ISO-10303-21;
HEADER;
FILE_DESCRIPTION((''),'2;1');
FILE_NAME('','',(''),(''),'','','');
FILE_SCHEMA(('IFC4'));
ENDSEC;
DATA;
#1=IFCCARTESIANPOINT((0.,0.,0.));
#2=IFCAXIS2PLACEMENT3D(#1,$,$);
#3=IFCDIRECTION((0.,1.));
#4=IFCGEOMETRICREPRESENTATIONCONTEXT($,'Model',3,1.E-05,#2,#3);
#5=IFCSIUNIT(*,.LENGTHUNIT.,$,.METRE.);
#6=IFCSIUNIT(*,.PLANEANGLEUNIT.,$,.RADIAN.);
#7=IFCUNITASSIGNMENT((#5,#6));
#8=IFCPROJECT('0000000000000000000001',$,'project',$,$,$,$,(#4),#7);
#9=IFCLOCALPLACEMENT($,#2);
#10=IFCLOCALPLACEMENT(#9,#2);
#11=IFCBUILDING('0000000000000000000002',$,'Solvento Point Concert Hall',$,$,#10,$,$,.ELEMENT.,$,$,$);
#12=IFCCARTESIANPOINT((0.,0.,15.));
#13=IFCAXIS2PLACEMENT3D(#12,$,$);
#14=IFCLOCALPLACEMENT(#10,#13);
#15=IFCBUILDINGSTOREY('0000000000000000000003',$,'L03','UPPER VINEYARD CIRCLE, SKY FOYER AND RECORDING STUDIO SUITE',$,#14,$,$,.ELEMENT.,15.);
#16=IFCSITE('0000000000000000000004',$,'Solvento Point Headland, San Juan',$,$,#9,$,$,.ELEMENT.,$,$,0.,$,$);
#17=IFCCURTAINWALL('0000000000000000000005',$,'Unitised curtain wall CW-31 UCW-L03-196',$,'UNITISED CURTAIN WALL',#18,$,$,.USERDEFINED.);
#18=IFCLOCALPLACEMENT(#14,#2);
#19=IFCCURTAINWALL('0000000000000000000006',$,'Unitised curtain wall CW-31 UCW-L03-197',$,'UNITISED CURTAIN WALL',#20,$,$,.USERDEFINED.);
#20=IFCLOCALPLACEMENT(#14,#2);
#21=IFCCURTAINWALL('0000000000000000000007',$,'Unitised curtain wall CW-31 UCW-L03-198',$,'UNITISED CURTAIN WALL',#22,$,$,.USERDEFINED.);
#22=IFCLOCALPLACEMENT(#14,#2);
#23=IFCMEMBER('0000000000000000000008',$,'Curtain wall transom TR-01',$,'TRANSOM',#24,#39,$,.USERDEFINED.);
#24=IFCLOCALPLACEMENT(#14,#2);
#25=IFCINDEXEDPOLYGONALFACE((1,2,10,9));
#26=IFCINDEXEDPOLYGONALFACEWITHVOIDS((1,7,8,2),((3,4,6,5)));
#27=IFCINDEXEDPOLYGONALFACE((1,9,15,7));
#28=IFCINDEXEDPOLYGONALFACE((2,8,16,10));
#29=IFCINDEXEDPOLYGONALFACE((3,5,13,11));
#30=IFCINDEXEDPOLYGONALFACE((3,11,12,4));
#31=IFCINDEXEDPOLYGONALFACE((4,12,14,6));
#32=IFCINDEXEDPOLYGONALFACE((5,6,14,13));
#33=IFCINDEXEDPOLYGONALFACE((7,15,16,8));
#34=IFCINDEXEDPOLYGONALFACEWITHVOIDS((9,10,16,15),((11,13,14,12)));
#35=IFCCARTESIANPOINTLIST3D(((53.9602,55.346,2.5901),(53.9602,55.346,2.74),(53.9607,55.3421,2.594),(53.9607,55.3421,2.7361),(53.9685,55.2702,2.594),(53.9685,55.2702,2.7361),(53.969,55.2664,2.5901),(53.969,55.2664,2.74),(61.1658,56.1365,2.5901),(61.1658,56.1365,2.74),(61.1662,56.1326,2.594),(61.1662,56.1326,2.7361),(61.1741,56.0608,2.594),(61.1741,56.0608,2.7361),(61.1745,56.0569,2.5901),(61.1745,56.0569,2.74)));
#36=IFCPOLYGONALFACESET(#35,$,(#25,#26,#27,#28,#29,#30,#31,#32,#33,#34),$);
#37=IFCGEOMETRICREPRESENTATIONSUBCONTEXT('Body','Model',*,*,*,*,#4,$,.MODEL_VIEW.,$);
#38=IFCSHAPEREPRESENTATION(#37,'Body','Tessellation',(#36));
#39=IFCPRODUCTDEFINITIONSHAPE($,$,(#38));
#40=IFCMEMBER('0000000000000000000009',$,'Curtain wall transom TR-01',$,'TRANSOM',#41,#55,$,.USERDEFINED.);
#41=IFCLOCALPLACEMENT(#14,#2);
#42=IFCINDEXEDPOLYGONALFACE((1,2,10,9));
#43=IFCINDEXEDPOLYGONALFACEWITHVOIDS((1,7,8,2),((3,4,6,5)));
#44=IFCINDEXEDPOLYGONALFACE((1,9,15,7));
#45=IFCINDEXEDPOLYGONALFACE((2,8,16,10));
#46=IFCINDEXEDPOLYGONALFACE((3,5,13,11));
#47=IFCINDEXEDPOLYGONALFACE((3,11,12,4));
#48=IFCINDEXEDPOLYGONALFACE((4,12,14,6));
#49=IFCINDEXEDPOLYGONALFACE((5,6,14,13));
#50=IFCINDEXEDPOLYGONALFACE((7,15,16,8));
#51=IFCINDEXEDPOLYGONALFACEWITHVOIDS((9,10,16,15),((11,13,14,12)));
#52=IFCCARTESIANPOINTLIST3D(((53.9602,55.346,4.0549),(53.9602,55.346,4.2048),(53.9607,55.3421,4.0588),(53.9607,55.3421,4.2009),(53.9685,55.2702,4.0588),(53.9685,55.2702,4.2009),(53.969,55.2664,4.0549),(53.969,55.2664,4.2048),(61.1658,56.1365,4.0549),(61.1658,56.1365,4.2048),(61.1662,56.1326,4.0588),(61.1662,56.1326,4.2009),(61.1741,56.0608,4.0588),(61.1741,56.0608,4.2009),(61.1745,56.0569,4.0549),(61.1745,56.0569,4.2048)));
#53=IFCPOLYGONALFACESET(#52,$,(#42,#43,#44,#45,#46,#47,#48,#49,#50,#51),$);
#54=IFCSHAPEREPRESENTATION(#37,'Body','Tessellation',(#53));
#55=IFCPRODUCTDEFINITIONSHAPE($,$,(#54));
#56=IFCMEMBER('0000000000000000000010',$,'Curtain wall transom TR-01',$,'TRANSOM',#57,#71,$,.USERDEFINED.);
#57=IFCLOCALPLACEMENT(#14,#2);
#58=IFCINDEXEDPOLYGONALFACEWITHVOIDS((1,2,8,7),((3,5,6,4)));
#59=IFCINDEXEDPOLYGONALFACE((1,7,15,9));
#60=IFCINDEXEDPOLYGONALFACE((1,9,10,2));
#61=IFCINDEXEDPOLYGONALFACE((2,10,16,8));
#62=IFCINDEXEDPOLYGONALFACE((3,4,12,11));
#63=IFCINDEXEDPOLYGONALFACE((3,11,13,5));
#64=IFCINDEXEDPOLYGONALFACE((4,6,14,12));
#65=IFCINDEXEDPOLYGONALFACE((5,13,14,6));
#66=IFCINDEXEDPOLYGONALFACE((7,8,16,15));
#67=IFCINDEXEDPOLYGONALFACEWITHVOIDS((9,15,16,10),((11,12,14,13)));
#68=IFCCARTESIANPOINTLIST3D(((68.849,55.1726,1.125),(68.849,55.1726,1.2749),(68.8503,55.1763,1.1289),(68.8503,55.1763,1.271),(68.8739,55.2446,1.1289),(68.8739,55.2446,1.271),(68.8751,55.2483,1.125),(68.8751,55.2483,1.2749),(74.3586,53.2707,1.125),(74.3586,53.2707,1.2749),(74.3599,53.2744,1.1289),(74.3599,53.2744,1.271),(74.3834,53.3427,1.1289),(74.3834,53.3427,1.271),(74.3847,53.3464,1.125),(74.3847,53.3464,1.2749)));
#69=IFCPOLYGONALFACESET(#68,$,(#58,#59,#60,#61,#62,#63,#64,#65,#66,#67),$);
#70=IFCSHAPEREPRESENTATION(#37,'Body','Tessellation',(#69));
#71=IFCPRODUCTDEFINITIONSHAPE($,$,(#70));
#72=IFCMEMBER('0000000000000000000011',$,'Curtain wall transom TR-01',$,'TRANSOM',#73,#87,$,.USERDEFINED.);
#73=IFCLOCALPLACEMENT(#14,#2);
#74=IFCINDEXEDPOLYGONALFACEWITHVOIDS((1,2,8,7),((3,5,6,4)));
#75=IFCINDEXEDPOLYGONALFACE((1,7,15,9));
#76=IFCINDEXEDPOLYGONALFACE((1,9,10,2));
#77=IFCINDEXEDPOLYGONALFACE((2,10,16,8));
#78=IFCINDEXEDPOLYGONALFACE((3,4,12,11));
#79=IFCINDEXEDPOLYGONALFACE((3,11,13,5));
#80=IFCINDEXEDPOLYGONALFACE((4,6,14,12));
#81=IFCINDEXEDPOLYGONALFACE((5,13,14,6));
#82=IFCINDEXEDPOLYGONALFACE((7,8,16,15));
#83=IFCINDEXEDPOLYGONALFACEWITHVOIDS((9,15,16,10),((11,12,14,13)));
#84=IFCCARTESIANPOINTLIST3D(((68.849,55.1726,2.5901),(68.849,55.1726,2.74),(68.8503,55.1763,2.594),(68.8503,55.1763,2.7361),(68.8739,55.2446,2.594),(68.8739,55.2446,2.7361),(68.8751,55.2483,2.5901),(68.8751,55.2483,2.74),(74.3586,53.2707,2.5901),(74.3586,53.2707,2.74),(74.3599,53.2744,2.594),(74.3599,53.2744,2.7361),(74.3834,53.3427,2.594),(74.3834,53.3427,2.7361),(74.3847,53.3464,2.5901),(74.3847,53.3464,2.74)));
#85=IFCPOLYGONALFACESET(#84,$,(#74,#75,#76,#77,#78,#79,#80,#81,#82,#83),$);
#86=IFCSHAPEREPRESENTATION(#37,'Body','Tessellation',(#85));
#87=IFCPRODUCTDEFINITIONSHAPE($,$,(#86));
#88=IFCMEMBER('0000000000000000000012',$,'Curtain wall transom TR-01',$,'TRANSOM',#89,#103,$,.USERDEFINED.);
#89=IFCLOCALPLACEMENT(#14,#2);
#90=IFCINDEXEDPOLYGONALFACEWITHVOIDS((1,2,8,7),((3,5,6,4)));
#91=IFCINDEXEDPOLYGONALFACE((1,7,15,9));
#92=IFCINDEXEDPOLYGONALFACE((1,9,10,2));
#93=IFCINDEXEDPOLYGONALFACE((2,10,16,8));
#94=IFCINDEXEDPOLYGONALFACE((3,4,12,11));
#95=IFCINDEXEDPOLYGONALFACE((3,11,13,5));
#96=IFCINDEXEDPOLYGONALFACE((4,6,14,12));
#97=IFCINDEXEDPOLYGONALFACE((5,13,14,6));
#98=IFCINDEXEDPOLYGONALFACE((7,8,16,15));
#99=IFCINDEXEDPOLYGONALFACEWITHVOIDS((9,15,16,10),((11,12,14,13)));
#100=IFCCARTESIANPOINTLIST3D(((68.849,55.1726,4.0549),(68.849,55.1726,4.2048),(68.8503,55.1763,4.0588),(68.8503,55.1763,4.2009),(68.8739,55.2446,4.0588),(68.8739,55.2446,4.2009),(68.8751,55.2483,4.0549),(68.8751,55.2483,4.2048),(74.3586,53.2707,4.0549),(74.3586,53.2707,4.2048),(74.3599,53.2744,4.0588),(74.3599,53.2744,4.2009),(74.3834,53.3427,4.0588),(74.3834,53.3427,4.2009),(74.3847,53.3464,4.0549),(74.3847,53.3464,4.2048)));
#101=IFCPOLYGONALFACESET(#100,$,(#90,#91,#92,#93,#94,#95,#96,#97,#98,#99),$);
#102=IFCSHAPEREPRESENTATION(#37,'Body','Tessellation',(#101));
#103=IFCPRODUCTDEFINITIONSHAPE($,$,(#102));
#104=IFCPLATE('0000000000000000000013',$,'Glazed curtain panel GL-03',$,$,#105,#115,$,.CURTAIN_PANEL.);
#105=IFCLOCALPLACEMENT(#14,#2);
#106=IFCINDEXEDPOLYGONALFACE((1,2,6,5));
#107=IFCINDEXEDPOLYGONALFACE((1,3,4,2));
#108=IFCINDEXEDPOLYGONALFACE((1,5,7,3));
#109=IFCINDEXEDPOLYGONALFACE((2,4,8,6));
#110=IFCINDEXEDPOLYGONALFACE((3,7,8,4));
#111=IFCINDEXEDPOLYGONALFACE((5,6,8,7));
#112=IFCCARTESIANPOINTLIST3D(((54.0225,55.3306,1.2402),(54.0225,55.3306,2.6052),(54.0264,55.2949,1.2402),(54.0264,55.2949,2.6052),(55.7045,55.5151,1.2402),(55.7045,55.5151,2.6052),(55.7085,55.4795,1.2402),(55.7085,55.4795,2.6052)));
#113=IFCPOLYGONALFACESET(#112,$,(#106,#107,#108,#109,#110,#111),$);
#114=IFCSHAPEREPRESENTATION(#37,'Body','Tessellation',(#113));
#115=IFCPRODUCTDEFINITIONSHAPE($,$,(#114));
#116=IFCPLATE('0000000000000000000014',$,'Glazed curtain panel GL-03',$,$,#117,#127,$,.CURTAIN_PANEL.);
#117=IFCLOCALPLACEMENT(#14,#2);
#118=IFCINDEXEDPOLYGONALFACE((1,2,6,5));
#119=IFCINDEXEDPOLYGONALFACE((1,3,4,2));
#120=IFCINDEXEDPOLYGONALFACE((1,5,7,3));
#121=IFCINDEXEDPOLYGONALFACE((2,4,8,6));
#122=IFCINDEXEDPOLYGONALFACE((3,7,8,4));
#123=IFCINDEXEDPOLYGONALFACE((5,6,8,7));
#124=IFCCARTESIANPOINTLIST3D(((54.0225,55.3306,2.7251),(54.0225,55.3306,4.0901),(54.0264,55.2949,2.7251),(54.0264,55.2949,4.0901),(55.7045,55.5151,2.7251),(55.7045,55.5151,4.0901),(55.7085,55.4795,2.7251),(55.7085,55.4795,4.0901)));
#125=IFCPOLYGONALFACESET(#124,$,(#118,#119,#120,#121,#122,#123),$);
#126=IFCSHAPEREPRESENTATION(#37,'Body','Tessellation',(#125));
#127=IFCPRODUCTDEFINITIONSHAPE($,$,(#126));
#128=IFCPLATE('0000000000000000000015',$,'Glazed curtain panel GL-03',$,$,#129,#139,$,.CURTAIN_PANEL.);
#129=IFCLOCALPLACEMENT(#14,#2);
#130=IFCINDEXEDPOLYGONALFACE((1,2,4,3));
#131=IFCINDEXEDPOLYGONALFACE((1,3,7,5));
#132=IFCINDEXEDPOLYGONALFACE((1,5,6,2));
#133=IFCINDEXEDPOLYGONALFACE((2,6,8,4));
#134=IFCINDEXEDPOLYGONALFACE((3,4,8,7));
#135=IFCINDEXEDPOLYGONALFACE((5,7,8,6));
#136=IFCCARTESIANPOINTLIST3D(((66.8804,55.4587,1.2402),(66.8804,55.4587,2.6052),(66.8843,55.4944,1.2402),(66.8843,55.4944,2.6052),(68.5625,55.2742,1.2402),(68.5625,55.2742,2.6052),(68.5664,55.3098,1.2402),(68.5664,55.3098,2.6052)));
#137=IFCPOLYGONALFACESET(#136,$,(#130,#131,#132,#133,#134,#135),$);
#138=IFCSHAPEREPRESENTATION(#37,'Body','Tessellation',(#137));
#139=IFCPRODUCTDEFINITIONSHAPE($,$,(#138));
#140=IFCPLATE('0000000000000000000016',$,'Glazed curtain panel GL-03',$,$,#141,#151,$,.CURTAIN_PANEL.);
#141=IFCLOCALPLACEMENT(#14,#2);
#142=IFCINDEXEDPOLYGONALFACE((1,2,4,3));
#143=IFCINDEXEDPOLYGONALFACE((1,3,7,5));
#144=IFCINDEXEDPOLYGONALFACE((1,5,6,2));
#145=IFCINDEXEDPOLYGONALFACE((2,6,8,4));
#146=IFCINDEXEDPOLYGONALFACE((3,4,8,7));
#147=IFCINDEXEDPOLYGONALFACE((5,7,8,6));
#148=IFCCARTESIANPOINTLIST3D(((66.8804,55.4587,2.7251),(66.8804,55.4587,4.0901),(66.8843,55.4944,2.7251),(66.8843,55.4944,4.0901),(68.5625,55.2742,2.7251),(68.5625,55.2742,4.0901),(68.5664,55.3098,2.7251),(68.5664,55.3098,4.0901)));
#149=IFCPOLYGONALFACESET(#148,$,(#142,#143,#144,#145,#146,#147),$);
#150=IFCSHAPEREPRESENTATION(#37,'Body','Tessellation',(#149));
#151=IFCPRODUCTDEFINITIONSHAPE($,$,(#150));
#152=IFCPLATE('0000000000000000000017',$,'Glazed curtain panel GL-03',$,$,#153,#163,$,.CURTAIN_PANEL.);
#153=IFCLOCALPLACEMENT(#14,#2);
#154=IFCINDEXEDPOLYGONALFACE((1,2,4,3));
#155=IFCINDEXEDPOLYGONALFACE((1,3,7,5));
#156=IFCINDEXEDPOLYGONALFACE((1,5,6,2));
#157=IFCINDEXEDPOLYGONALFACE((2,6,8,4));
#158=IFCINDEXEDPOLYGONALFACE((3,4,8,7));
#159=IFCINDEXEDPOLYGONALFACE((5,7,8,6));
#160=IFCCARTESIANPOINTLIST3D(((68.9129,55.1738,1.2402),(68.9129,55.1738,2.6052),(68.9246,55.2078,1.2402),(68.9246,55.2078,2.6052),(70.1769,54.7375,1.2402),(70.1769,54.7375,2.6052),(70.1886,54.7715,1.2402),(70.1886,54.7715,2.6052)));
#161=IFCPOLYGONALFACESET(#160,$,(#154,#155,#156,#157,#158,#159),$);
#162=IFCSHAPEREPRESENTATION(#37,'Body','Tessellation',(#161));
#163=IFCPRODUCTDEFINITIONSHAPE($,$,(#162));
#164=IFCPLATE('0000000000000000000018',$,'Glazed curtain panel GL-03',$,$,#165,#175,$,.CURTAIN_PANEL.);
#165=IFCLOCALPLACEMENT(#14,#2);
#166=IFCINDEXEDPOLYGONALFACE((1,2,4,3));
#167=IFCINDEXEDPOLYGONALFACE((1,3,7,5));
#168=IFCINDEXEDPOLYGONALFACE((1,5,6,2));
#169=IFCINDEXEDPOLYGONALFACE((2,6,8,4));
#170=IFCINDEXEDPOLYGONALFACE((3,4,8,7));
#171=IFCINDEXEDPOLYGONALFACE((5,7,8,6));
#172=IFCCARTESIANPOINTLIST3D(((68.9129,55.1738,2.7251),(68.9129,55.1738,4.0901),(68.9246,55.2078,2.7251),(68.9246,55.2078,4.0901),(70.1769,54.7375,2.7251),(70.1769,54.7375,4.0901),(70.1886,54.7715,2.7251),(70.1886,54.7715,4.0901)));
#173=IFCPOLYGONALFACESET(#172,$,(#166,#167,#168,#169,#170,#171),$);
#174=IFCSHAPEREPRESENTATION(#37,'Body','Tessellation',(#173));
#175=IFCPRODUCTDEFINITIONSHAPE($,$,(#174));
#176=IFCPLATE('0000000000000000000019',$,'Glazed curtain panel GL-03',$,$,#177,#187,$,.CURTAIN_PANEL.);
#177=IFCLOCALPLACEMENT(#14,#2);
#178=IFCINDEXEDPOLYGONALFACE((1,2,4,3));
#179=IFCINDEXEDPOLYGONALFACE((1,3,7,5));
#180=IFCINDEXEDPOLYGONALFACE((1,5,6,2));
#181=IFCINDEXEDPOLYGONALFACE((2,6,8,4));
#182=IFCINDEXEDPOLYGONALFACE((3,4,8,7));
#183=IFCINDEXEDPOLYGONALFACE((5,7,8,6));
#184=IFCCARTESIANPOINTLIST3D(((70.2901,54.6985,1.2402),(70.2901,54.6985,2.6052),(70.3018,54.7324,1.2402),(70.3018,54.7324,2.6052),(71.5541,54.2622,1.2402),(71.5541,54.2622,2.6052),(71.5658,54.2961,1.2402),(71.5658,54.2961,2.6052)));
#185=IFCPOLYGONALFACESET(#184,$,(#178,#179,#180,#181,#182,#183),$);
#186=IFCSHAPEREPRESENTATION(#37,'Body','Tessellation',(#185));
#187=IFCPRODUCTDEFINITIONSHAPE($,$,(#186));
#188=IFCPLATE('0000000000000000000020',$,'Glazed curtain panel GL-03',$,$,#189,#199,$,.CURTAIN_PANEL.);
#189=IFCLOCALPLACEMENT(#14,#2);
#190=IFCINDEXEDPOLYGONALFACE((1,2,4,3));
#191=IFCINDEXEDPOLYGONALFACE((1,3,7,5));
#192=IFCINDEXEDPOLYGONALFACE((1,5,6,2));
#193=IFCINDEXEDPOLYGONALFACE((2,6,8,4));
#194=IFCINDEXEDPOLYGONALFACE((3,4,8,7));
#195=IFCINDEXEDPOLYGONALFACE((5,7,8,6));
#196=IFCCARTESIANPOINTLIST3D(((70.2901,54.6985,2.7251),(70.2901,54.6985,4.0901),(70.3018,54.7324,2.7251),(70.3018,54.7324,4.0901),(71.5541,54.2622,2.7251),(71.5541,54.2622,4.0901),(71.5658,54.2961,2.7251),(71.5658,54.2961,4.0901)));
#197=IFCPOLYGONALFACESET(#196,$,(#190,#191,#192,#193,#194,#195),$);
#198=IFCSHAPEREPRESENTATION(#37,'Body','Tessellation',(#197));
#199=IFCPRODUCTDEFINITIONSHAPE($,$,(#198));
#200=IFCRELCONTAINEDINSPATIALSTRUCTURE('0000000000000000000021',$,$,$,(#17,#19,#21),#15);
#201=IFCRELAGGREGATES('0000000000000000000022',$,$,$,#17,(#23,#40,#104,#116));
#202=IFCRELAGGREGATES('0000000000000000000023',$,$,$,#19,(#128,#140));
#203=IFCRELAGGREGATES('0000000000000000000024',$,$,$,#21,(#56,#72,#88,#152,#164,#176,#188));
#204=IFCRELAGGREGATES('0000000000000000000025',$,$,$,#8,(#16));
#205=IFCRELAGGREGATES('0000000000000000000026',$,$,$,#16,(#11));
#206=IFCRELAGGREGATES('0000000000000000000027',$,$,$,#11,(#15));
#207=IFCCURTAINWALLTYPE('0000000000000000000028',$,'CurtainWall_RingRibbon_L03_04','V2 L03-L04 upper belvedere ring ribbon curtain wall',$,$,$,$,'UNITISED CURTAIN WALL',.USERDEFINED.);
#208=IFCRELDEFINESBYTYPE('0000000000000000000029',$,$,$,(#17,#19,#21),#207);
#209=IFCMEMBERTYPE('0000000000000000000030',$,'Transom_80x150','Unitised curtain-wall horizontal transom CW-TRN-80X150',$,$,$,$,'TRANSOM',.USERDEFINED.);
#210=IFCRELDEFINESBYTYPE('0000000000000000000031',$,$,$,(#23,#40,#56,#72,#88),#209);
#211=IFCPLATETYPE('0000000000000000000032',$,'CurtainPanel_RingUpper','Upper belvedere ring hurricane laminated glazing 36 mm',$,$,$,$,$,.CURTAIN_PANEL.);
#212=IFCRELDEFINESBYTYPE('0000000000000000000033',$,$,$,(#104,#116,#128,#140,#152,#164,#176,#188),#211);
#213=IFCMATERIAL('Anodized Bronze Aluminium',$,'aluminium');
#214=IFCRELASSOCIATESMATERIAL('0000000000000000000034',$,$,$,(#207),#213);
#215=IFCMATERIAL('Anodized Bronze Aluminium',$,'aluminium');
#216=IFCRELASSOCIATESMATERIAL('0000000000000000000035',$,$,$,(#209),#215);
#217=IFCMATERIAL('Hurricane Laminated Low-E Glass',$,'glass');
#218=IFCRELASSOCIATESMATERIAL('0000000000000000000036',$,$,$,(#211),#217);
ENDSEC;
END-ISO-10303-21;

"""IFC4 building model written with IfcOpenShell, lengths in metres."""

from ifc_helpers import new_model, si_unit, direction, frame, origin, origin_2d, place, context, subcontext, project, spatial, rectangle, hollow_rectangle, extrude, material, material_profile, profile_set, type_object, element, aggregate, save


model = new_model("IFC4")

# Units and contexts
model_context = context("Model", 3, precision=1e-05, world=origin(), true_north=direction((0.0, 1.0)))
body_context = subcontext(model_context, "Body", "Model", "MODEL_VIEW")
ifc_project = project(units=[si_unit("LENGTHUNIT", "METRE"), si_unit("PLANEANGLEUNIT", "RADIAN")], contexts=[model_context])

# Site, building, storey
site_placement = place(None, origin())
site = spatial("IfcSite", under=ifc_project, at=site_placement, Name="Solvento Point Headland, San Juan", CompositionType="ELEMENT", RefElevation=0.0)
building_placement = place(site_placement, origin())
building = spatial("IfcBuilding", under=site, at=building_placement, Name="Solvento Point Concert Hall", CompositionType="ELEMENT")
storey_placement = place(building_placement, frame((0.0, 0.0, 15.0)))
storey = spatial("IfcBuildingStorey", under=building, at=storey_placement, Name="L03", Description="UPPER VINEYARD CIRCLE, SKY FOYER AND RECORDING STUDIO SUITE", CompositionType="ELEMENT", Elevation=15.0)

# Curtain wall
ifc_material_1 = material(Name="Anodized Bronze Aluminium", Category="aluminium")
curtain_wall_type = type_object("IfcCurtainWallType", Name="CurtainWall_RingRibbon_L03_04", Description="V2 L03-L04 upper belvedere ring ribbon curtain wall", ElementType="UNITISED CURTAIN WALL", PredefinedType="USERDEFINED", material=ifc_material_1)
curtain_wall_1_placement = place(storey_placement, origin())
curtain_wall_1 = element("IfcCurtainWall", 1, at=curtain_wall_1_placement, inside=storey, type_object=curtain_wall_type, Name="Unitised curtain wall CW-31 UCW-L03-196", ObjectType="UNITISED CURTAIN WALL", PredefinedType="USERDEFINED")

# Curtain walls
curtain_wall_2_placement = place(storey_placement, origin())
curtain_wall_2 = element("IfcCurtainWall", 2, at=curtain_wall_2_placement, inside=storey, type_object=curtain_wall_type, Name="Unitised curtain wall CW-31 UCW-L03-197", ObjectType="UNITISED CURTAIN WALL", PredefinedType="USERDEFINED")
curtain_wall_3_placement = place(storey_placement, origin())
curtain_wall_3 = element("IfcCurtainWall", 3, at=curtain_wall_3_placement, inside=storey, type_object=curtain_wall_type, Name="Unitised curtain wall CW-31 UCW-L03-198", ObjectType="UNITISED CURTAIN WALL", PredefinedType="USERDEFINED")

# Members
ifc_material_2 = material(Name="Anodized Bronze Aluminium", Category="aluminium")
ifc_material_profile_1 = material_profile(ifc_material_2, hollow_rectangle(XDim=0.0801, YDim=0.1499, WallThickness=0.0039, at=origin_2d()), Name="CW-TRN-80X150")
ifc_profile_set_1 = profile_set([ifc_material_profile_1], Name="Anodized Bronze Aluminium")
member_type_1 = type_object("IfcMemberType", Name="Transom_80x150", Description="Unitised curtain-wall horizontal transom CW-TRN-80X150", ElementType="TRANSOM", PredefinedType="USERDEFINED", material=ifc_profile_set_1)
member_1_placement = place(storey_placement, frame((53.9646, 55.3062, 2.665), z_axis=(0.994036, 0.109056, 0.0), x_axis=(-0.109056, 0.994036, 0.0)))
member_1 = element("IfcMember", 4, at=member_1_placement, type_object=member_type_1, Name="Curtain wall transom TR-01", ObjectType="TRANSOM", PredefinedType="USERDEFINED", context=body_context, shape_type="SweptSolid", body=[
    extrude(hollow_rectangle(XDim=0.0801, YDim=0.1499, WallThickness=0.0039, at=origin_2d()), origin(), (0.0, 0.0, 1.0), 7.2488),
])
member_2_placement = place(storey_placement, frame((53.9646, 55.3062, 4.1299), z_axis=(0.994036, 0.109056, 0.0), x_axis=(-0.109056, 0.994036, 0.0)))
member_2 = element("IfcMember", 5, at=member_2_placement, type_object=member_type_1, Name="Curtain wall transom TR-01", ObjectType="TRANSOM", PredefinedType="USERDEFINED", context=body_context, shape_type="SweptSolid", body=[
    extrude(hollow_rectangle(XDim=0.0801, YDim=0.1499, WallThickness=0.0039, at=origin_2d()), origin(), (0.0, 0.0, 1.0), 7.2488),
])
member_3_placement = place(storey_placement, frame((68.8621, 55.2104, 1.2), z_axis=(0.945266, -0.3263, 0.0), x_axis=(0.3263, 0.945266, 0.0)))
member_3 = element("IfcMember", 6, at=member_3_placement, type_object=member_type_1, Name="Curtain wall transom TR-01", ObjectType="TRANSOM", PredefinedType="USERDEFINED", context=body_context, shape_type="SweptSolid", body=[
    extrude(hollow_rectangle(XDim=0.0801, YDim=0.1499, WallThickness=0.0039, at=origin_2d()), origin(), (0.0, 0.0, 1.0), 5.8286),
])
member_4_placement = place(storey_placement, frame((68.8621, 55.2104, 2.665), z_axis=(0.945266, -0.3263, 0.0), x_axis=(0.3263, 0.945266, 0.0)))
member_4 = element("IfcMember", 7, at=member_4_placement, type_object=member_type_1, Name="Curtain wall transom TR-01", ObjectType="TRANSOM", PredefinedType="USERDEFINED", context=body_context, shape_type="SweptSolid", body=[
    extrude(hollow_rectangle(XDim=0.0801, YDim=0.1499, WallThickness=0.0039, at=origin_2d()), origin(), (0.0, 0.0, 1.0), 5.8286),
])
member_5_placement = place(storey_placement, frame((68.8621, 55.2104, 4.1299), z_axis=(0.945266, -0.3263, 0.0), x_axis=(0.3263, 0.945266, 0.0)))
member_5 = element("IfcMember", 8, at=member_5_placement, type_object=member_type_1, Name="Curtain wall transom TR-01", ObjectType="TRANSOM", PredefinedType="USERDEFINED", context=body_context, shape_type="SweptSolid", body=[
    extrude(hollow_rectangle(XDim=0.0801, YDim=0.1499, WallThickness=0.0039, at=origin_2d()), origin(), (0.0, 0.0, 1.0), 5.8286),
])

# Plates
ifc_material_3 = material(Name="Hurricane Laminated Low-E Glass", Category="glass")
plate_type = type_object("IfcPlateType", Name="CurtainPanel_RingUpper", Description="Upper belvedere ring hurricane laminated glazing 36 mm", PredefinedType="CURTAIN_PANEL", material=ifc_material_3)
plate_1_placement = place(storey_placement, frame((54.8655, 55.405, 1.2402), z_axis=(0.0, 0.0, 1.0), x_axis=(0.994035, 0.109058, 0.0)))
plate_1 = element("IfcPlate", 9, at=plate_1_placement, type_object=plate_type, Name="Glazed curtain panel GL-03", PredefinedType="CURTAIN_PANEL", context=body_context, shape_type="SweptSolid", body=[
    extrude(rectangle(XDim=1.6921, YDim=0.0359, at=origin_2d()), origin(), (0.0, 0.0, 1.0), 1.365),
])
plate_2_placement = place(storey_placement, frame((54.8655, 55.405, 2.7251), z_axis=(0.0, 0.0, 1.0), x_axis=(0.994035, 0.109058, 0.0)))
plate_2 = element("IfcPlate", 10, at=plate_2_placement, type_object=plate_type, Name="Glazed curtain panel GL-03", PredefinedType="CURTAIN_PANEL", context=body_context, shape_type="SweptSolid", body=[
    extrude(rectangle(XDim=1.6921, YDim=0.0359, at=origin_2d()), origin(), (0.0, 0.0, 1.0), 1.365),
])
aggregate(curtain_wall_1, [member_1, member_2, plate_1, plate_2])
plate_3_placement = place(storey_placement, frame((67.7234, 55.3843, 1.2402), z_axis=(0.0, 0.0, 1.0), x_axis=(0.994035, -0.109058, 0.0)))
plate_3 = element("IfcPlate", 11, at=plate_3_placement, type_object=plate_type, Name="Glazed curtain panel GL-03", PredefinedType="CURTAIN_PANEL", context=body_context, shape_type="SweptSolid", body=[
    extrude(rectangle(XDim=1.6921, YDim=0.0359, at=origin_2d()), origin(), (0.0, 0.0, 1.0), 1.365),
])
plate_4_placement = place(storey_placement, frame((67.7234, 55.3843, 2.7251), z_axis=(0.0, 0.0, 1.0), x_axis=(0.994035, -0.109058, 0.0)))
plate_4 = element("IfcPlate", 12, at=plate_4_placement, type_object=plate_type, Name="Glazed curtain panel GL-03", PredefinedType="CURTAIN_PANEL", context=body_context, shape_type="SweptSolid", body=[
    extrude(rectangle(XDim=1.6921, YDim=0.0359, at=origin_2d()), origin(), (0.0, 0.0, 1.0), 1.365),
])
aggregate(curtain_wall_2, [plate_3, plate_4])
plate_5_placement = place(storey_placement, frame((69.5508, 54.9727, 1.2402), z_axis=(0.0, 0.0, 1.0), x_axis=(0.945271, -0.326288, 0.0)))
plate_5 = element("IfcPlate", 13, at=plate_5_placement, type_object=plate_type, Name="Glazed curtain panel GL-03", PredefinedType="CURTAIN_PANEL", context=body_context, shape_type="SweptSolid", body=[
    extrude(rectangle(XDim=1.3372, YDim=0.0359, at=origin_2d()), origin(), (0.0, 0.0, 1.0), 1.365),
])
plate_6_placement = place(storey_placement, frame((69.5508, 54.9727, 2.7251), z_axis=(0.0, 0.0, 1.0), x_axis=(0.945271, -0.326288, 0.0)))
plate_6 = element("IfcPlate", 14, at=plate_6_placement, type_object=plate_type, Name="Glazed curtain panel GL-03", PredefinedType="CURTAIN_PANEL", context=body_context, shape_type="SweptSolid", body=[
    extrude(rectangle(XDim=1.3372, YDim=0.0359, at=origin_2d()), origin(), (0.0, 0.0, 1.0), 1.365),
])
plate_7_placement = place(storey_placement, frame((70.928, 54.4973, 1.2402), z_axis=(0.0, 0.0, 1.0), x_axis=(0.945271, -0.326288, 0.0)))
plate_7 = element("IfcPlate", 15, at=plate_7_placement, type_object=plate_type, Name="Glazed curtain panel GL-03", PredefinedType="CURTAIN_PANEL", context=body_context, shape_type="SweptSolid", body=[
    extrude(rectangle(XDim=1.3372, YDim=0.0359, at=origin_2d()), origin(), (0.0, 0.0, 1.0), 1.365),
])
plate_8_placement = place(storey_placement, frame((70.928, 54.4973, 2.7251), z_axis=(0.0, 0.0, 1.0), x_axis=(0.945271, -0.326288, 0.0)))
plate_8 = element("IfcPlate", 16, at=plate_8_placement, type_object=plate_type, Name="Glazed curtain panel GL-03", PredefinedType="CURTAIN_PANEL", context=body_context, shape_type="SweptSolid", body=[
    extrude(rectangle(XDim=1.3372, YDim=0.0359, at=origin_2d()), origin(), (0.0, 0.0, 1.0), 1.365),
])
aggregate(curtain_wall_3, [member_3, member_4, member_5, plate_5, plate_6, plate_7, plate_8])

save(model, "model.ifc")
